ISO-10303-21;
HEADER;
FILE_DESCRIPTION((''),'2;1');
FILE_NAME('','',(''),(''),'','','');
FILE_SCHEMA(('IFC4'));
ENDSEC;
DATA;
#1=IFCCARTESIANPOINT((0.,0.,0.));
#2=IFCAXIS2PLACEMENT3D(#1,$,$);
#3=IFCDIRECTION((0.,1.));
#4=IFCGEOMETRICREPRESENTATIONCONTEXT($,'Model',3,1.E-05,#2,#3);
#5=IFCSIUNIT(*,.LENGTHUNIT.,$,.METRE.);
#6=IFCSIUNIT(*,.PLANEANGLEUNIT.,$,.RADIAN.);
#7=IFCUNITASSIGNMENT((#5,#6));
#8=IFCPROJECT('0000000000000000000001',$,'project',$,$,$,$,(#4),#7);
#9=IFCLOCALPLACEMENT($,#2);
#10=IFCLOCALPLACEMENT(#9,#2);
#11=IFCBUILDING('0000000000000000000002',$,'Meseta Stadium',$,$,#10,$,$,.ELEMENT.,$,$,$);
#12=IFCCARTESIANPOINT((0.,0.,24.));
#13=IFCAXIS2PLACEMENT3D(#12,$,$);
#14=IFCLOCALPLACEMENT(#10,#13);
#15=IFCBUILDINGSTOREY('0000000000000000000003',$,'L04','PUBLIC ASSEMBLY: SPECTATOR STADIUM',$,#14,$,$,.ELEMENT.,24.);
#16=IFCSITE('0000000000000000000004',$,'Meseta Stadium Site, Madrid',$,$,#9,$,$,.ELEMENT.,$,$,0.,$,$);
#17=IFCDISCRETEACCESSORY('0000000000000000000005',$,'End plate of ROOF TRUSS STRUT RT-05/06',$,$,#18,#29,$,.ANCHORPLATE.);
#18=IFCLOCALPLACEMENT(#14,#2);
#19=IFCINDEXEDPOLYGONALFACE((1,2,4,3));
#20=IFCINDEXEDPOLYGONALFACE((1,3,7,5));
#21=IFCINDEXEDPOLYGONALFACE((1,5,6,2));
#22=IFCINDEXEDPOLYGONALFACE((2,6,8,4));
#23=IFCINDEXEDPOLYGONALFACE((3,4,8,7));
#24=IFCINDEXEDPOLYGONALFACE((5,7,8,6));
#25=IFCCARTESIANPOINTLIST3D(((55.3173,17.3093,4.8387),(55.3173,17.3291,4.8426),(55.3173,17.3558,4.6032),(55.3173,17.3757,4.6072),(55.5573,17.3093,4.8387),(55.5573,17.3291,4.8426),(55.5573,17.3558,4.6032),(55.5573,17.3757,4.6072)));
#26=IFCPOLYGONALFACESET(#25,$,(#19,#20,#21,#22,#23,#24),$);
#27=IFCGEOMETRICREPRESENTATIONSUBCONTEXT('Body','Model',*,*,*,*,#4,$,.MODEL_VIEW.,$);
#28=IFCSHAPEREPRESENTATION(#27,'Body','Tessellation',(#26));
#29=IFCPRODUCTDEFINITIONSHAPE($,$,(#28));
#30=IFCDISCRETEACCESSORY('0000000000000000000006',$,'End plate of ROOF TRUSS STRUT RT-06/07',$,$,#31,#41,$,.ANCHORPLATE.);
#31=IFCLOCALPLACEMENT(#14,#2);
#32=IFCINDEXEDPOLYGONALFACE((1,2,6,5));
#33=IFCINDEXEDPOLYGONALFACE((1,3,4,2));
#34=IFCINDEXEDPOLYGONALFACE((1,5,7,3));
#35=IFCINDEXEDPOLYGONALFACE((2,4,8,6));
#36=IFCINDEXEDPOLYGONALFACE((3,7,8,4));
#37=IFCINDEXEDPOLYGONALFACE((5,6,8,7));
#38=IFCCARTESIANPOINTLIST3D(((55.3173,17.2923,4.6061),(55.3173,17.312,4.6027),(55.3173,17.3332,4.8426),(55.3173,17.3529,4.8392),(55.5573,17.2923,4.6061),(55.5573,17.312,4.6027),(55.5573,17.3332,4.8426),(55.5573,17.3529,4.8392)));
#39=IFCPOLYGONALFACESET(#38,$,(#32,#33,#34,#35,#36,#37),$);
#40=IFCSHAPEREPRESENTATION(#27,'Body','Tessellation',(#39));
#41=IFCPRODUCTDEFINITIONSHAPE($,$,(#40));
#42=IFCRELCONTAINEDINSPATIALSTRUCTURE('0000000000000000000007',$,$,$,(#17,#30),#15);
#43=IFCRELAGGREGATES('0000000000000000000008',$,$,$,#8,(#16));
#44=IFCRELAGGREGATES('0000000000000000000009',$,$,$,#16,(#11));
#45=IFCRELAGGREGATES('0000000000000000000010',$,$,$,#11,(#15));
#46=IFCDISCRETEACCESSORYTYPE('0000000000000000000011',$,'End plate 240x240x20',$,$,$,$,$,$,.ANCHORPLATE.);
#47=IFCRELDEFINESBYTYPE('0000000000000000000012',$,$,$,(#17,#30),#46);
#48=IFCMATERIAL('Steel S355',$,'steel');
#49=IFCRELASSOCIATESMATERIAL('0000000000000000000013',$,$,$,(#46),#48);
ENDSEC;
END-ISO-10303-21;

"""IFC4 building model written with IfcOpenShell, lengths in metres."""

from ifc_helpers import new_model, si_unit, direction, frame, origin, origin_2d, place, context, subcontext, project, spatial, rectangle, extrude, material, material_profile, profile_set, type_object, element, save


model = new_model("IFC4")

# Units and contexts
model_context = context("Model", 3, precision=1e-05, world=origin(), true_north=direction((0.0, 1.0)))
body_context = subcontext(model_context, "Body", "Model", "MODEL_VIEW")
ifc_project = project(units=[si_unit("LENGTHUNIT", "METRE"), si_unit("PLANEANGLEUNIT", "RADIAN")], contexts=[model_context])

# Site, building, storey
site_placement = place(None, origin())
site = spatial("IfcSite", under=ifc_project, at=site_placement, Name="Meseta Stadium Site, Madrid", CompositionType="ELEMENT", RefElevation=0.0)
building_placement = place(site_placement, origin())
building = spatial("IfcBuilding", under=site, at=building_placement, Name="Meseta Stadium", CompositionType="ELEMENT")
storey_placement = place(building_placement, frame((0.0, 0.0, 24.0)))
storey = spatial("IfcBuildingStorey", under=building, at=storey_placement, Name="L04", Description="PUBLIC ASSEMBLY: SPECTATOR STADIUM", CompositionType="ELEMENT", Elevation=24.0)

# Discrete accessories
ifc_material_1 = material(Name="Steel S355", Category="steel")
ifc_material_profile_1 = material_profile(ifc_material_1, rectangle(XDim=0.24, YDim=0.24, at=origin_2d()), Name="PL 240x240")
ifc_profile_set_1 = profile_set([ifc_material_profile_1], Name="Steel S355")
discrete_accessory_type_1 = type_object("IfcDiscreteAccessoryType", Name="End plate 240x240x20", PredefinedType="ANCHORPLATE", material=ifc_profile_set_1)
discrete_accessory_1_placement = place(storey_placement, frame((55.4373, 17.3325, 4.7209), z_axis=(0.0, 0.981044, 0.193786), x_axis=(-1.0, 0.0, 0.0)))
element("IfcDiscreteAccessory", 1, at=discrete_accessory_1_placement, inside=storey, type_object=discrete_accessory_type_1, Name="End plate of ROOF TRUSS STRUT RT-05/06", PredefinedType="ANCHORPLATE", context=body_context, shape_type="SweptSolid", body=[
    extrude(rectangle(XDim=0.24, YDim=0.24, at=origin_2d()), origin(), (0.0, 0.0, 1.0), 0.0203),
])
discrete_accessory_2_placement = place(storey_placement, frame((55.4373, 17.3127, 4.7244), z_axis=(0.0, 0.98539, -0.170314), x_axis=(-1.0, 0.0, 0.0)))
element("IfcDiscreteAccessory", 2, at=discrete_accessory_2_placement, inside=storey, type_object=discrete_accessory_type_1, Name="End plate of ROOF TRUSS STRUT RT-06/07", PredefinedType="ANCHORPLATE", context=body_context, shape_type="SweptSolid", body=[
    extrude(rectangle(XDim=0.24, YDim=0.24, at=origin_2d()), origin(), (0.0, 0.0, 1.0), 0.02),
])

save(model, "model.ifc")
